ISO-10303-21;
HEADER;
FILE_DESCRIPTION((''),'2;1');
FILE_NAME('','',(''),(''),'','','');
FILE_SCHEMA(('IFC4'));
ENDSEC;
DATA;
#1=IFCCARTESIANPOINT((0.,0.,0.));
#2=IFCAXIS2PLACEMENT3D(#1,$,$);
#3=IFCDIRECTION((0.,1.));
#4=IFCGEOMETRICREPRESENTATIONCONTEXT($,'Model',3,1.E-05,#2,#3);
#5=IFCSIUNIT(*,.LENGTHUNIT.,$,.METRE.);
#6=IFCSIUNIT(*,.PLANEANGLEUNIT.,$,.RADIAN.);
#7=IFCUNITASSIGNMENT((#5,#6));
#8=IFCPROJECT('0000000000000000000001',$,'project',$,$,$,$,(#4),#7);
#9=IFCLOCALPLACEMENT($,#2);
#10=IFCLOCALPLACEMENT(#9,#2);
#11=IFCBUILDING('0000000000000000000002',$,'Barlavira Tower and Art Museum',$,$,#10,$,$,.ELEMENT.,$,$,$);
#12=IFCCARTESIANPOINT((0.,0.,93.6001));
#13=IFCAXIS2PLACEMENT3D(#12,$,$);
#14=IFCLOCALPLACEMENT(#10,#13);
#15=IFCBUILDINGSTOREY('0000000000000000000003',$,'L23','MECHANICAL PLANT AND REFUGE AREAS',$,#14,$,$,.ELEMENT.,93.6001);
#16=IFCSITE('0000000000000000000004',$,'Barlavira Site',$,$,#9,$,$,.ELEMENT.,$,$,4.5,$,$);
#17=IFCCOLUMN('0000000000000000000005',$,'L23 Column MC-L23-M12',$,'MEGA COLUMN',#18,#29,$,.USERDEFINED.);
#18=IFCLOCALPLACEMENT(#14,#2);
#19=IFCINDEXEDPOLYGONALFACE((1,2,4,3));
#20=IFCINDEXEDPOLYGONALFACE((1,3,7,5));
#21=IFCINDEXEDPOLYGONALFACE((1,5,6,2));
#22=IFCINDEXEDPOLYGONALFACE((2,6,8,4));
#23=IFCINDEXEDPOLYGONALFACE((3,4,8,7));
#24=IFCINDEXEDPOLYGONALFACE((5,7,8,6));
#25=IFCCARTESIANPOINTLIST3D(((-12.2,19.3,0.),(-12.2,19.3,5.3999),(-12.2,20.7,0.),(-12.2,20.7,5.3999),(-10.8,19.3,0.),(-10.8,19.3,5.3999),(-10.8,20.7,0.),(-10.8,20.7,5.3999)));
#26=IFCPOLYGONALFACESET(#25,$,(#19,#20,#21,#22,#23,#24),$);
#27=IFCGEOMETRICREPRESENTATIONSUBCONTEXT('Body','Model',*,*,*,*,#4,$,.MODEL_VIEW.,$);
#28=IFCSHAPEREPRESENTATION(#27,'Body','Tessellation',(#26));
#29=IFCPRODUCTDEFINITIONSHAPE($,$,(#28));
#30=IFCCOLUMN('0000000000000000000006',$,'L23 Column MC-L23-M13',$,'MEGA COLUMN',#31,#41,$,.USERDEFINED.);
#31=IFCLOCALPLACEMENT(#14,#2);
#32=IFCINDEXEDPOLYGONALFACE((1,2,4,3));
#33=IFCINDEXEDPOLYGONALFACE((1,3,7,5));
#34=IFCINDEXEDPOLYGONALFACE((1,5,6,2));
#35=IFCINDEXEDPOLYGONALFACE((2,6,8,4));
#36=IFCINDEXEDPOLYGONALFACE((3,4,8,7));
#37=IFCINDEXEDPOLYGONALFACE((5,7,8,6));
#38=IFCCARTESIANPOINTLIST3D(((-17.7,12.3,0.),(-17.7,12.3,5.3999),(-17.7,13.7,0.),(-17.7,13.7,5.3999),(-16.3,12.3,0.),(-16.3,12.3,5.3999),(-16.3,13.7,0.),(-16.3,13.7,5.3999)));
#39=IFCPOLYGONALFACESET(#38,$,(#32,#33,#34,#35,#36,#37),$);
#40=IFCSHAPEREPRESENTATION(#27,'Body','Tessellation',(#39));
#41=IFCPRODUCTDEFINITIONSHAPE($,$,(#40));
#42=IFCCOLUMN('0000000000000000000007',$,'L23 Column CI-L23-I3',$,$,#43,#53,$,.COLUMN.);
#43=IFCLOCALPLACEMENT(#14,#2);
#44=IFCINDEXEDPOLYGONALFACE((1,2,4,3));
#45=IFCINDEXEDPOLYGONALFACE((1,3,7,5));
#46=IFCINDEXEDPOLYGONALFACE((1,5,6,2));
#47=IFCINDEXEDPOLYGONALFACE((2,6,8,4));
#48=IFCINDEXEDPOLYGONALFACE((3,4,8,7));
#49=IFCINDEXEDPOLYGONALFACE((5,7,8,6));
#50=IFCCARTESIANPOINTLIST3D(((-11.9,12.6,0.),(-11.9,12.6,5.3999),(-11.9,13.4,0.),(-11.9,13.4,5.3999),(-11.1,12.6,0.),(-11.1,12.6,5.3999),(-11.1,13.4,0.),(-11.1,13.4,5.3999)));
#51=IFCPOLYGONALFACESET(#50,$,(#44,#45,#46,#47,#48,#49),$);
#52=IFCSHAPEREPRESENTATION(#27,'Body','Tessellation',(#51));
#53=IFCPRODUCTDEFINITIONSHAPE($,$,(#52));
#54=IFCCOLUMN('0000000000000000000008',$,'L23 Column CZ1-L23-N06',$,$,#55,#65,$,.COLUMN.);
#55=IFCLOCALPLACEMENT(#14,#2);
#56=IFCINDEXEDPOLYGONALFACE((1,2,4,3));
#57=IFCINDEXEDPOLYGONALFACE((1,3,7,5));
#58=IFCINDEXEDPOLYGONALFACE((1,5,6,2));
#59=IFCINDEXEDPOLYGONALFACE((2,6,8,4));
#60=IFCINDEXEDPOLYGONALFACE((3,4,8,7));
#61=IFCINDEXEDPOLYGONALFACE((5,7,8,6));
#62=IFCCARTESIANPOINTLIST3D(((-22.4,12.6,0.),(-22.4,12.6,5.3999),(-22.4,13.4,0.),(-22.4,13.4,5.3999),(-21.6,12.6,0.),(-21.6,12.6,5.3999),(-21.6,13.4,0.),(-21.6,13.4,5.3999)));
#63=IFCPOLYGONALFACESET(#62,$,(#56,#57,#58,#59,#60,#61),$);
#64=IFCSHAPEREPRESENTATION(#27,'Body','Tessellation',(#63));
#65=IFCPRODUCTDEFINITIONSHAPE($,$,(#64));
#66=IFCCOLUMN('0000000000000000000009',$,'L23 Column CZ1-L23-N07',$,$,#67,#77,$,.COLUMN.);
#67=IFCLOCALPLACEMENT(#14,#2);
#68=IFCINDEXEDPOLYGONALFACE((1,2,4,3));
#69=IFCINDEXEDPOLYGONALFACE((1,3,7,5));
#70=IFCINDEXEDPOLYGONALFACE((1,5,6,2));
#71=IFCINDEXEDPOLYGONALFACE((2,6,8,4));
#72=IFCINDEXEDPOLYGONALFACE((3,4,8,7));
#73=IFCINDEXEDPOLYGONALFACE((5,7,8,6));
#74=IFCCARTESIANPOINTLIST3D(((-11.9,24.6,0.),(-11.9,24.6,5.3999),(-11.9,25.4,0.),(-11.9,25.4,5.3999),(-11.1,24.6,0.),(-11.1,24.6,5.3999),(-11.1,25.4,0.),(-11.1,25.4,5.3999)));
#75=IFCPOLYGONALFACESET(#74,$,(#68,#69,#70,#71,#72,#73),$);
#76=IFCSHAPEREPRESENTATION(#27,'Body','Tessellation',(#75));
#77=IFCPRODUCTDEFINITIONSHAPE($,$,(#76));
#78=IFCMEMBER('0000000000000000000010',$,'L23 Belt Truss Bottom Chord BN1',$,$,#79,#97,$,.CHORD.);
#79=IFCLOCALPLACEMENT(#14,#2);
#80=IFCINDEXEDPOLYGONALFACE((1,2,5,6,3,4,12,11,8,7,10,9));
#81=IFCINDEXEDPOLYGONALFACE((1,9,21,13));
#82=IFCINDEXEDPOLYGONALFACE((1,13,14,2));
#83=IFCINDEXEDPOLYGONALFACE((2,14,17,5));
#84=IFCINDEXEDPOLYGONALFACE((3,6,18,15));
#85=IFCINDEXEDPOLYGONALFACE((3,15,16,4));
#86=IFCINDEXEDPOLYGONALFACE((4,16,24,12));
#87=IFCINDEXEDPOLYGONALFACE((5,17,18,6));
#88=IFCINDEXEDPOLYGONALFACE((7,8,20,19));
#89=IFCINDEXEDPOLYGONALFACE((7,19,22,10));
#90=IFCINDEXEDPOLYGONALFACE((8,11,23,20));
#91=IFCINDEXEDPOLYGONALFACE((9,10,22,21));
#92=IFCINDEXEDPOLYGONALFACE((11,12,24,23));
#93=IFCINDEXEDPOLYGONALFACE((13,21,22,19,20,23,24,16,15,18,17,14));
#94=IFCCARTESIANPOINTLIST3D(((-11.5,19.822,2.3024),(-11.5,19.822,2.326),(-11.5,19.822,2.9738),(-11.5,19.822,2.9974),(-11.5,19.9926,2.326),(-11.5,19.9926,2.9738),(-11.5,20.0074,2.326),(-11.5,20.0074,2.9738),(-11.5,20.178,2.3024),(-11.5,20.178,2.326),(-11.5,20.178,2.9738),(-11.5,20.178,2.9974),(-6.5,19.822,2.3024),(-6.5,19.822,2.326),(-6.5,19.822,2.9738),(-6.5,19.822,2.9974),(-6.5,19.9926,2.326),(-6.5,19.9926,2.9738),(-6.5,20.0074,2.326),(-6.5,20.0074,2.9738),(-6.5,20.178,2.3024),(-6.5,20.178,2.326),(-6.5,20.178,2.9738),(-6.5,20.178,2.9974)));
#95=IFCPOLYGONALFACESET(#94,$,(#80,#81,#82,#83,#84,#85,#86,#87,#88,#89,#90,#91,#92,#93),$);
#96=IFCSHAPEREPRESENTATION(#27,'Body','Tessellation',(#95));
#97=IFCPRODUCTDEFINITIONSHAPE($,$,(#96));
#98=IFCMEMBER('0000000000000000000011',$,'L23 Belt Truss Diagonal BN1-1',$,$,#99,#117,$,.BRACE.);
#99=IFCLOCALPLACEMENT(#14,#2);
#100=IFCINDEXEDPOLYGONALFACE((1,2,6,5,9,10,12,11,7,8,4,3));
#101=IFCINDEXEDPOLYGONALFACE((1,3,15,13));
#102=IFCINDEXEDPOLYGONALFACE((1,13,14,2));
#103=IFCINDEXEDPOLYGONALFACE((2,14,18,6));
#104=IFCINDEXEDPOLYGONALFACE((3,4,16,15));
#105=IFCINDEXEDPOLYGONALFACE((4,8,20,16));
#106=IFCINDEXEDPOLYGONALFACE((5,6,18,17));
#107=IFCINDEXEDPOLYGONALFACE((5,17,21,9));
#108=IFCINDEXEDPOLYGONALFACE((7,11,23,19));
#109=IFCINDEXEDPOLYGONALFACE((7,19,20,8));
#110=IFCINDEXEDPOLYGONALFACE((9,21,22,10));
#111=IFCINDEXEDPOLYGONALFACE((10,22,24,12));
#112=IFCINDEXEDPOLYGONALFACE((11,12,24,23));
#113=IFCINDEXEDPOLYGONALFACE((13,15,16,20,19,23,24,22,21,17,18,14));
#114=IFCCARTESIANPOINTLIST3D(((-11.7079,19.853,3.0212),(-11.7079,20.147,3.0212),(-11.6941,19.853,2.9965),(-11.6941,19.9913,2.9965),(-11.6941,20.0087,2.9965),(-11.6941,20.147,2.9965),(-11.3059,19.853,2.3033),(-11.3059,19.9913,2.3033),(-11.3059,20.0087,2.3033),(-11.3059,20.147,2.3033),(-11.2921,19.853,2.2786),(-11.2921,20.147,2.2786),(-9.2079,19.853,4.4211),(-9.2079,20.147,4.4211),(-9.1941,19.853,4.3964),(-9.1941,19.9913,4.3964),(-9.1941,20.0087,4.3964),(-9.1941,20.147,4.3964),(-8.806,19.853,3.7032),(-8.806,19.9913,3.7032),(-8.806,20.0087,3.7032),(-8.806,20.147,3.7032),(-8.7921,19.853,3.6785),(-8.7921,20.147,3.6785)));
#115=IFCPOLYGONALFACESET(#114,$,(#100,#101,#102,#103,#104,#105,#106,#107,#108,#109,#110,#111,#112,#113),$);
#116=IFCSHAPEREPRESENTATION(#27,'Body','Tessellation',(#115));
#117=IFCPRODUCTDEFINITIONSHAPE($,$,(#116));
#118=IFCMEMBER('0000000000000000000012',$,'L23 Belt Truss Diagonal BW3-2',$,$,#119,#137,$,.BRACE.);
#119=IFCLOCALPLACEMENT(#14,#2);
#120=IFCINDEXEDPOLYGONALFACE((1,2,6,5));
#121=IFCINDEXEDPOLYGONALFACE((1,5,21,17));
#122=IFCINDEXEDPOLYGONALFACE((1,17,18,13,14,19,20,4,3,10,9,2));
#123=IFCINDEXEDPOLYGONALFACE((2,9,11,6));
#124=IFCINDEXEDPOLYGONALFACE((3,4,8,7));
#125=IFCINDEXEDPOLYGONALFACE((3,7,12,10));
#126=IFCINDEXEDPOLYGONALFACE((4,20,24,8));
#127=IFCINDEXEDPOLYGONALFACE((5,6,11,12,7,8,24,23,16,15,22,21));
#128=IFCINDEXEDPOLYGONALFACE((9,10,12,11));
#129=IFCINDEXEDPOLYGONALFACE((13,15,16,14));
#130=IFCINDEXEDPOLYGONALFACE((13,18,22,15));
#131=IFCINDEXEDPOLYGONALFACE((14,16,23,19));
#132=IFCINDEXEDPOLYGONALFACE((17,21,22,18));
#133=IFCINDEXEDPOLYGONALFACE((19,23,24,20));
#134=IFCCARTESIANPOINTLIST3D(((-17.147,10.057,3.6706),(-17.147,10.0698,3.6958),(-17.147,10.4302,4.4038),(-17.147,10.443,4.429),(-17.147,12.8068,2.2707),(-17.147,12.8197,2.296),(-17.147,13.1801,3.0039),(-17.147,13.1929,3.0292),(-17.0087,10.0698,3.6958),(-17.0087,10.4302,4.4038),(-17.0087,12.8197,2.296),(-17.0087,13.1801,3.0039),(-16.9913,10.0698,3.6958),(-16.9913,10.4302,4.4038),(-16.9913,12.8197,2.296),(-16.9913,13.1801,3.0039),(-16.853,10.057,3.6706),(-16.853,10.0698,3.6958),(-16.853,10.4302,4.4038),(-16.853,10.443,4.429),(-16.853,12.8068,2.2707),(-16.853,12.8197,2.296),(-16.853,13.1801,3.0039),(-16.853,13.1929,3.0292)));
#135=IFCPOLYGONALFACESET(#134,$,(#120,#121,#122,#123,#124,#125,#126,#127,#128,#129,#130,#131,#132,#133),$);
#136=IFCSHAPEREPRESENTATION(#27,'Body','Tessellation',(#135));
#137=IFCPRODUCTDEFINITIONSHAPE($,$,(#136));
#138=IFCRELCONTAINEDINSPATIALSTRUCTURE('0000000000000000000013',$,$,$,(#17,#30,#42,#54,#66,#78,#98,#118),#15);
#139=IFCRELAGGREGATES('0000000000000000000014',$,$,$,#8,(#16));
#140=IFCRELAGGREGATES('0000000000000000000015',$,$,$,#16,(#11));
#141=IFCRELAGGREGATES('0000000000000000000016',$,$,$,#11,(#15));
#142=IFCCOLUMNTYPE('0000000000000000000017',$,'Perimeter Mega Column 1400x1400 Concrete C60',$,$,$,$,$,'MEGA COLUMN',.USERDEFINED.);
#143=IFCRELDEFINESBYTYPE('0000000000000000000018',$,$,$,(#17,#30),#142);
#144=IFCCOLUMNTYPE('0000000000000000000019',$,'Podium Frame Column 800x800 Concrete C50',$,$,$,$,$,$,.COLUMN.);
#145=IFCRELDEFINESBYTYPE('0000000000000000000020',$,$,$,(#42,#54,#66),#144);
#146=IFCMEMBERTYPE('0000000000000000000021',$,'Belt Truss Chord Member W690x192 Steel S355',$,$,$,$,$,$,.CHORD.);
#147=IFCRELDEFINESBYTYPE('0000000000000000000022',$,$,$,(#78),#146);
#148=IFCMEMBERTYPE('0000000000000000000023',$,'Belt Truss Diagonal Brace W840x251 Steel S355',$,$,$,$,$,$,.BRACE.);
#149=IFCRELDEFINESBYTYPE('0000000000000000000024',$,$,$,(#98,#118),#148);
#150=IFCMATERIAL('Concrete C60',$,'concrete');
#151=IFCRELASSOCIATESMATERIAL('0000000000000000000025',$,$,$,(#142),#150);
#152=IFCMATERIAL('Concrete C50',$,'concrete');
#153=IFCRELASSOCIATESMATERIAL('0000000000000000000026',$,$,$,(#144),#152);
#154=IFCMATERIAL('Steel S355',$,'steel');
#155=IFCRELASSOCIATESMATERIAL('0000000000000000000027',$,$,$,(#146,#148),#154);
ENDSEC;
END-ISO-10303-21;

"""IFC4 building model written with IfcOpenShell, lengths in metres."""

from ifc_helpers import new_model, si_unit, direction, frame, origin, origin_2d, place, context, subcontext, project, spatial, rectangle, i_section, extrude, material, material_profile, profile_set, type_object, element, save


model = new_model("IFC4")

# Units and contexts
model_context = context("Model", 3, precision=1e-05, world=origin(), true_north=direction((0.0, 1.0)))
body_context = subcontext(model_context, "Body", "Model", "MODEL_VIEW")
ifc_project = project(units=[si_unit("LENGTHUNIT", "METRE"), si_unit("PLANEANGLEUNIT", "RADIAN")], contexts=[model_context])

# Site, building, storey
site_placement = place(None, origin())
site = spatial("IfcSite", under=ifc_project, at=site_placement, Name="Barlavira Site", CompositionType="ELEMENT", RefElevation=4.5)
building_placement = place(site_placement, origin())
building = spatial("IfcBuilding", under=site, at=building_placement, Name="Barlavira Tower and Art Museum", CompositionType="ELEMENT")
storey_placement = place(building_placement, frame((0.0, 0.0, 93.6001)))
storey = spatial("IfcBuildingStorey", under=building, at=storey_placement, Name="L23", Description="MECHANICAL PLANT AND REFUGE AREAS", CompositionType="ELEMENT", Elevation=93.6001)

# Columns
ifc_material_1 = material(Name="Concrete C60", Category="concrete")
ifc_material_profile_1 = material_profile(ifc_material_1, rectangle(XDim=1.3999, YDim=1.3999, at=origin_2d()), Name="RC-MCOL 1400x1400")
ifc_profile_set_1 = profile_set([ifc_material_profile_1], Name="Concrete C60")
column_type_1 = type_object("IfcColumnType", Name="Perimeter Mega Column 1400x1400 Concrete C60", ElementType="MEGA COLUMN", PredefinedType="USERDEFINED", material=ifc_profile_set_1)
for number, where, z_axis, x_axis, name in (
    (1, (-11.5, 20.0, 0.0), (0.0, 0.0, 1.0), (1.0, 0.0, 0.0), "L23 Column MC-L23-M12"),
    (2, (-17.0, 13.0, 0.0), (0.0, 0.0, 1.0), (1.0, 0.0, 0.0), "L23 Column MC-L23-M13"),
):
    element("IfcColumn", number, at=place(storey_placement, frame(where, z_axis=z_axis, x_axis=x_axis)), inside=storey, type_object=column_type_1, Name=name, ObjectType="MEGA COLUMN", PredefinedType="USERDEFINED", context=body_context, shape_type="SweptSolid", body=[
        extrude(rectangle(XDim=1.3999, YDim=1.3999, at=origin_2d()), origin(), (0.0, 0.0, 1.0), 5.3999),
    ])
ifc_material_2 = material(Name="Concrete C50", Category="concrete")
ifc_material_profile_2 = material_profile(ifc_material_2, rectangle(XDim=0.8, YDim=0.8, at=origin_2d()), Name="RC-COL 800x800")
ifc_profile_set_2 = profile_set([ifc_material_profile_2], Name="Concrete C50")
column_type_2 = type_object("IfcColumnType", Name="Podium Frame Column 800x800 Concrete C50", PredefinedType="COLUMN", material=ifc_profile_set_2)
for number, where, z_axis, x_axis, name in (
    (3, (-11.5, 13.0, 0.0), (0.0, 0.0, 1.0), (1.0, 0.0, 0.0), "L23 Column CI-L23-I3"),
    (4, (-22.0, 13.0, 0.0), (0.0, 0.0, 1.0), (1.0, 0.0, 0.0), "L23 Column CZ1-L23-N06"),
    (5, (-11.5, 25.0, 0.0), (0.0, 0.0, 1.0), (1.0, 0.0, 0.0), "L23 Column CZ1-L23-N07"),
):
    element("IfcColumn", number, at=place(storey_placement, frame(where, z_axis=z_axis, x_axis=x_axis)), inside=storey, type_object=column_type_2, Name=name, PredefinedType="COLUMN", context=body_context, shape_type="SweptSolid", body=[
        extrude(rectangle(XDim=0.8, YDim=0.8, at=origin_2d()), origin(), (0.0, 0.0, 1.0), 5.3999),
    ])

# Members
ifc_material_3 = material(Name="Steel S355", Category="steel")
ifc_material_profile_3 = material_profile(ifc_material_3, i_section(OverallWidth=0.356, OverallDepth=0.6951, WebThickness=0.0149, FlangeThickness=0.0237, at=origin_2d()), Name="W690x192.0")
ifc_profile_set_3 = profile_set([ifc_material_profile_3], Name="Steel S355")
member_type_1 = type_object("IfcMemberType", Name="Belt Truss Chord Member W690x192 Steel S355", PredefinedType="CHORD", material=ifc_profile_set_3)
member_1_placement = place(storey_placement, frame((-11.5, 20.0, 2.6499), z_axis=(1.0, 0.0, 0.0), x_axis=(0.0, 1.0, 0.0)))
element("IfcMember", 6, at=member_1_placement, inside=storey, type_object=member_type_1, Name="L23 Belt Truss Bottom Chord BN1", PredefinedType="CHORD", context=body_context, shape_type="SweptSolid", body=[
    extrude(i_section(OverallWidth=0.356, OverallDepth=0.6951, WebThickness=0.0149, FlangeThickness=0.0237, at=origin_2d()), origin(), (0.0, 0.0, 1.0), 5.0),
])
ifc_material_profile_4 = material_profile(ifc_material_3, i_section(OverallWidth=0.2939, OverallDepth=0.8511, WebThickness=0.0173, FlangeThickness=0.0283, at=origin_2d()), Name="W840x251.0")
ifc_profile_set_4 = profile_set([ifc_material_profile_4], Name="Steel S355")
member_type_2 = type_object("IfcMemberType", Name="Belt Truss Diagonal Brace W840x251 Steel S355", PredefinedType="BRACE", material=ifc_profile_set_4)
member_2_placement = place(storey_placement, frame((-11.5, 20.0, 2.6499), z_axis=(0.872521, 0.0, 0.488577), x_axis=(0.0, 1.0, 0.0)))
element("IfcMember", 7, at=member_2_placement, inside=storey, type_object=member_type_2, Name="L23 Belt Truss Diagonal BN1-1", PredefinedType="BRACE", context=body_context, shape_type="SweptSolid", body=[
    extrude(i_section(OverallWidth=0.2939, OverallDepth=0.8511, WebThickness=0.0173, FlangeThickness=0.0283, at=origin_2d()), origin(), (0.0, 0.0, 1.0), 2.8652),
])
member_3_placement = place(storey_placement, frame((-17.0, 10.25, 4.0498), z_axis=(0.0, 0.891176, -0.453658), x_axis=(-1.0, 0.0, 0.0)))
element("IfcMember", 8, at=member_3_placement, inside=storey, type_object=member_type_2, Name="L23 Belt Truss Diagonal BW3-2", PredefinedType="BRACE", context=body_context, shape_type="SweptSolid", body=[
    extrude(i_section(OverallWidth=0.2939, OverallDepth=0.8511, WebThickness=0.0173, FlangeThickness=0.0283, at=origin_2d()), origin(), (0.0, 0.0, 1.0), 3.0857),
])

save(model, "model.ifc")
